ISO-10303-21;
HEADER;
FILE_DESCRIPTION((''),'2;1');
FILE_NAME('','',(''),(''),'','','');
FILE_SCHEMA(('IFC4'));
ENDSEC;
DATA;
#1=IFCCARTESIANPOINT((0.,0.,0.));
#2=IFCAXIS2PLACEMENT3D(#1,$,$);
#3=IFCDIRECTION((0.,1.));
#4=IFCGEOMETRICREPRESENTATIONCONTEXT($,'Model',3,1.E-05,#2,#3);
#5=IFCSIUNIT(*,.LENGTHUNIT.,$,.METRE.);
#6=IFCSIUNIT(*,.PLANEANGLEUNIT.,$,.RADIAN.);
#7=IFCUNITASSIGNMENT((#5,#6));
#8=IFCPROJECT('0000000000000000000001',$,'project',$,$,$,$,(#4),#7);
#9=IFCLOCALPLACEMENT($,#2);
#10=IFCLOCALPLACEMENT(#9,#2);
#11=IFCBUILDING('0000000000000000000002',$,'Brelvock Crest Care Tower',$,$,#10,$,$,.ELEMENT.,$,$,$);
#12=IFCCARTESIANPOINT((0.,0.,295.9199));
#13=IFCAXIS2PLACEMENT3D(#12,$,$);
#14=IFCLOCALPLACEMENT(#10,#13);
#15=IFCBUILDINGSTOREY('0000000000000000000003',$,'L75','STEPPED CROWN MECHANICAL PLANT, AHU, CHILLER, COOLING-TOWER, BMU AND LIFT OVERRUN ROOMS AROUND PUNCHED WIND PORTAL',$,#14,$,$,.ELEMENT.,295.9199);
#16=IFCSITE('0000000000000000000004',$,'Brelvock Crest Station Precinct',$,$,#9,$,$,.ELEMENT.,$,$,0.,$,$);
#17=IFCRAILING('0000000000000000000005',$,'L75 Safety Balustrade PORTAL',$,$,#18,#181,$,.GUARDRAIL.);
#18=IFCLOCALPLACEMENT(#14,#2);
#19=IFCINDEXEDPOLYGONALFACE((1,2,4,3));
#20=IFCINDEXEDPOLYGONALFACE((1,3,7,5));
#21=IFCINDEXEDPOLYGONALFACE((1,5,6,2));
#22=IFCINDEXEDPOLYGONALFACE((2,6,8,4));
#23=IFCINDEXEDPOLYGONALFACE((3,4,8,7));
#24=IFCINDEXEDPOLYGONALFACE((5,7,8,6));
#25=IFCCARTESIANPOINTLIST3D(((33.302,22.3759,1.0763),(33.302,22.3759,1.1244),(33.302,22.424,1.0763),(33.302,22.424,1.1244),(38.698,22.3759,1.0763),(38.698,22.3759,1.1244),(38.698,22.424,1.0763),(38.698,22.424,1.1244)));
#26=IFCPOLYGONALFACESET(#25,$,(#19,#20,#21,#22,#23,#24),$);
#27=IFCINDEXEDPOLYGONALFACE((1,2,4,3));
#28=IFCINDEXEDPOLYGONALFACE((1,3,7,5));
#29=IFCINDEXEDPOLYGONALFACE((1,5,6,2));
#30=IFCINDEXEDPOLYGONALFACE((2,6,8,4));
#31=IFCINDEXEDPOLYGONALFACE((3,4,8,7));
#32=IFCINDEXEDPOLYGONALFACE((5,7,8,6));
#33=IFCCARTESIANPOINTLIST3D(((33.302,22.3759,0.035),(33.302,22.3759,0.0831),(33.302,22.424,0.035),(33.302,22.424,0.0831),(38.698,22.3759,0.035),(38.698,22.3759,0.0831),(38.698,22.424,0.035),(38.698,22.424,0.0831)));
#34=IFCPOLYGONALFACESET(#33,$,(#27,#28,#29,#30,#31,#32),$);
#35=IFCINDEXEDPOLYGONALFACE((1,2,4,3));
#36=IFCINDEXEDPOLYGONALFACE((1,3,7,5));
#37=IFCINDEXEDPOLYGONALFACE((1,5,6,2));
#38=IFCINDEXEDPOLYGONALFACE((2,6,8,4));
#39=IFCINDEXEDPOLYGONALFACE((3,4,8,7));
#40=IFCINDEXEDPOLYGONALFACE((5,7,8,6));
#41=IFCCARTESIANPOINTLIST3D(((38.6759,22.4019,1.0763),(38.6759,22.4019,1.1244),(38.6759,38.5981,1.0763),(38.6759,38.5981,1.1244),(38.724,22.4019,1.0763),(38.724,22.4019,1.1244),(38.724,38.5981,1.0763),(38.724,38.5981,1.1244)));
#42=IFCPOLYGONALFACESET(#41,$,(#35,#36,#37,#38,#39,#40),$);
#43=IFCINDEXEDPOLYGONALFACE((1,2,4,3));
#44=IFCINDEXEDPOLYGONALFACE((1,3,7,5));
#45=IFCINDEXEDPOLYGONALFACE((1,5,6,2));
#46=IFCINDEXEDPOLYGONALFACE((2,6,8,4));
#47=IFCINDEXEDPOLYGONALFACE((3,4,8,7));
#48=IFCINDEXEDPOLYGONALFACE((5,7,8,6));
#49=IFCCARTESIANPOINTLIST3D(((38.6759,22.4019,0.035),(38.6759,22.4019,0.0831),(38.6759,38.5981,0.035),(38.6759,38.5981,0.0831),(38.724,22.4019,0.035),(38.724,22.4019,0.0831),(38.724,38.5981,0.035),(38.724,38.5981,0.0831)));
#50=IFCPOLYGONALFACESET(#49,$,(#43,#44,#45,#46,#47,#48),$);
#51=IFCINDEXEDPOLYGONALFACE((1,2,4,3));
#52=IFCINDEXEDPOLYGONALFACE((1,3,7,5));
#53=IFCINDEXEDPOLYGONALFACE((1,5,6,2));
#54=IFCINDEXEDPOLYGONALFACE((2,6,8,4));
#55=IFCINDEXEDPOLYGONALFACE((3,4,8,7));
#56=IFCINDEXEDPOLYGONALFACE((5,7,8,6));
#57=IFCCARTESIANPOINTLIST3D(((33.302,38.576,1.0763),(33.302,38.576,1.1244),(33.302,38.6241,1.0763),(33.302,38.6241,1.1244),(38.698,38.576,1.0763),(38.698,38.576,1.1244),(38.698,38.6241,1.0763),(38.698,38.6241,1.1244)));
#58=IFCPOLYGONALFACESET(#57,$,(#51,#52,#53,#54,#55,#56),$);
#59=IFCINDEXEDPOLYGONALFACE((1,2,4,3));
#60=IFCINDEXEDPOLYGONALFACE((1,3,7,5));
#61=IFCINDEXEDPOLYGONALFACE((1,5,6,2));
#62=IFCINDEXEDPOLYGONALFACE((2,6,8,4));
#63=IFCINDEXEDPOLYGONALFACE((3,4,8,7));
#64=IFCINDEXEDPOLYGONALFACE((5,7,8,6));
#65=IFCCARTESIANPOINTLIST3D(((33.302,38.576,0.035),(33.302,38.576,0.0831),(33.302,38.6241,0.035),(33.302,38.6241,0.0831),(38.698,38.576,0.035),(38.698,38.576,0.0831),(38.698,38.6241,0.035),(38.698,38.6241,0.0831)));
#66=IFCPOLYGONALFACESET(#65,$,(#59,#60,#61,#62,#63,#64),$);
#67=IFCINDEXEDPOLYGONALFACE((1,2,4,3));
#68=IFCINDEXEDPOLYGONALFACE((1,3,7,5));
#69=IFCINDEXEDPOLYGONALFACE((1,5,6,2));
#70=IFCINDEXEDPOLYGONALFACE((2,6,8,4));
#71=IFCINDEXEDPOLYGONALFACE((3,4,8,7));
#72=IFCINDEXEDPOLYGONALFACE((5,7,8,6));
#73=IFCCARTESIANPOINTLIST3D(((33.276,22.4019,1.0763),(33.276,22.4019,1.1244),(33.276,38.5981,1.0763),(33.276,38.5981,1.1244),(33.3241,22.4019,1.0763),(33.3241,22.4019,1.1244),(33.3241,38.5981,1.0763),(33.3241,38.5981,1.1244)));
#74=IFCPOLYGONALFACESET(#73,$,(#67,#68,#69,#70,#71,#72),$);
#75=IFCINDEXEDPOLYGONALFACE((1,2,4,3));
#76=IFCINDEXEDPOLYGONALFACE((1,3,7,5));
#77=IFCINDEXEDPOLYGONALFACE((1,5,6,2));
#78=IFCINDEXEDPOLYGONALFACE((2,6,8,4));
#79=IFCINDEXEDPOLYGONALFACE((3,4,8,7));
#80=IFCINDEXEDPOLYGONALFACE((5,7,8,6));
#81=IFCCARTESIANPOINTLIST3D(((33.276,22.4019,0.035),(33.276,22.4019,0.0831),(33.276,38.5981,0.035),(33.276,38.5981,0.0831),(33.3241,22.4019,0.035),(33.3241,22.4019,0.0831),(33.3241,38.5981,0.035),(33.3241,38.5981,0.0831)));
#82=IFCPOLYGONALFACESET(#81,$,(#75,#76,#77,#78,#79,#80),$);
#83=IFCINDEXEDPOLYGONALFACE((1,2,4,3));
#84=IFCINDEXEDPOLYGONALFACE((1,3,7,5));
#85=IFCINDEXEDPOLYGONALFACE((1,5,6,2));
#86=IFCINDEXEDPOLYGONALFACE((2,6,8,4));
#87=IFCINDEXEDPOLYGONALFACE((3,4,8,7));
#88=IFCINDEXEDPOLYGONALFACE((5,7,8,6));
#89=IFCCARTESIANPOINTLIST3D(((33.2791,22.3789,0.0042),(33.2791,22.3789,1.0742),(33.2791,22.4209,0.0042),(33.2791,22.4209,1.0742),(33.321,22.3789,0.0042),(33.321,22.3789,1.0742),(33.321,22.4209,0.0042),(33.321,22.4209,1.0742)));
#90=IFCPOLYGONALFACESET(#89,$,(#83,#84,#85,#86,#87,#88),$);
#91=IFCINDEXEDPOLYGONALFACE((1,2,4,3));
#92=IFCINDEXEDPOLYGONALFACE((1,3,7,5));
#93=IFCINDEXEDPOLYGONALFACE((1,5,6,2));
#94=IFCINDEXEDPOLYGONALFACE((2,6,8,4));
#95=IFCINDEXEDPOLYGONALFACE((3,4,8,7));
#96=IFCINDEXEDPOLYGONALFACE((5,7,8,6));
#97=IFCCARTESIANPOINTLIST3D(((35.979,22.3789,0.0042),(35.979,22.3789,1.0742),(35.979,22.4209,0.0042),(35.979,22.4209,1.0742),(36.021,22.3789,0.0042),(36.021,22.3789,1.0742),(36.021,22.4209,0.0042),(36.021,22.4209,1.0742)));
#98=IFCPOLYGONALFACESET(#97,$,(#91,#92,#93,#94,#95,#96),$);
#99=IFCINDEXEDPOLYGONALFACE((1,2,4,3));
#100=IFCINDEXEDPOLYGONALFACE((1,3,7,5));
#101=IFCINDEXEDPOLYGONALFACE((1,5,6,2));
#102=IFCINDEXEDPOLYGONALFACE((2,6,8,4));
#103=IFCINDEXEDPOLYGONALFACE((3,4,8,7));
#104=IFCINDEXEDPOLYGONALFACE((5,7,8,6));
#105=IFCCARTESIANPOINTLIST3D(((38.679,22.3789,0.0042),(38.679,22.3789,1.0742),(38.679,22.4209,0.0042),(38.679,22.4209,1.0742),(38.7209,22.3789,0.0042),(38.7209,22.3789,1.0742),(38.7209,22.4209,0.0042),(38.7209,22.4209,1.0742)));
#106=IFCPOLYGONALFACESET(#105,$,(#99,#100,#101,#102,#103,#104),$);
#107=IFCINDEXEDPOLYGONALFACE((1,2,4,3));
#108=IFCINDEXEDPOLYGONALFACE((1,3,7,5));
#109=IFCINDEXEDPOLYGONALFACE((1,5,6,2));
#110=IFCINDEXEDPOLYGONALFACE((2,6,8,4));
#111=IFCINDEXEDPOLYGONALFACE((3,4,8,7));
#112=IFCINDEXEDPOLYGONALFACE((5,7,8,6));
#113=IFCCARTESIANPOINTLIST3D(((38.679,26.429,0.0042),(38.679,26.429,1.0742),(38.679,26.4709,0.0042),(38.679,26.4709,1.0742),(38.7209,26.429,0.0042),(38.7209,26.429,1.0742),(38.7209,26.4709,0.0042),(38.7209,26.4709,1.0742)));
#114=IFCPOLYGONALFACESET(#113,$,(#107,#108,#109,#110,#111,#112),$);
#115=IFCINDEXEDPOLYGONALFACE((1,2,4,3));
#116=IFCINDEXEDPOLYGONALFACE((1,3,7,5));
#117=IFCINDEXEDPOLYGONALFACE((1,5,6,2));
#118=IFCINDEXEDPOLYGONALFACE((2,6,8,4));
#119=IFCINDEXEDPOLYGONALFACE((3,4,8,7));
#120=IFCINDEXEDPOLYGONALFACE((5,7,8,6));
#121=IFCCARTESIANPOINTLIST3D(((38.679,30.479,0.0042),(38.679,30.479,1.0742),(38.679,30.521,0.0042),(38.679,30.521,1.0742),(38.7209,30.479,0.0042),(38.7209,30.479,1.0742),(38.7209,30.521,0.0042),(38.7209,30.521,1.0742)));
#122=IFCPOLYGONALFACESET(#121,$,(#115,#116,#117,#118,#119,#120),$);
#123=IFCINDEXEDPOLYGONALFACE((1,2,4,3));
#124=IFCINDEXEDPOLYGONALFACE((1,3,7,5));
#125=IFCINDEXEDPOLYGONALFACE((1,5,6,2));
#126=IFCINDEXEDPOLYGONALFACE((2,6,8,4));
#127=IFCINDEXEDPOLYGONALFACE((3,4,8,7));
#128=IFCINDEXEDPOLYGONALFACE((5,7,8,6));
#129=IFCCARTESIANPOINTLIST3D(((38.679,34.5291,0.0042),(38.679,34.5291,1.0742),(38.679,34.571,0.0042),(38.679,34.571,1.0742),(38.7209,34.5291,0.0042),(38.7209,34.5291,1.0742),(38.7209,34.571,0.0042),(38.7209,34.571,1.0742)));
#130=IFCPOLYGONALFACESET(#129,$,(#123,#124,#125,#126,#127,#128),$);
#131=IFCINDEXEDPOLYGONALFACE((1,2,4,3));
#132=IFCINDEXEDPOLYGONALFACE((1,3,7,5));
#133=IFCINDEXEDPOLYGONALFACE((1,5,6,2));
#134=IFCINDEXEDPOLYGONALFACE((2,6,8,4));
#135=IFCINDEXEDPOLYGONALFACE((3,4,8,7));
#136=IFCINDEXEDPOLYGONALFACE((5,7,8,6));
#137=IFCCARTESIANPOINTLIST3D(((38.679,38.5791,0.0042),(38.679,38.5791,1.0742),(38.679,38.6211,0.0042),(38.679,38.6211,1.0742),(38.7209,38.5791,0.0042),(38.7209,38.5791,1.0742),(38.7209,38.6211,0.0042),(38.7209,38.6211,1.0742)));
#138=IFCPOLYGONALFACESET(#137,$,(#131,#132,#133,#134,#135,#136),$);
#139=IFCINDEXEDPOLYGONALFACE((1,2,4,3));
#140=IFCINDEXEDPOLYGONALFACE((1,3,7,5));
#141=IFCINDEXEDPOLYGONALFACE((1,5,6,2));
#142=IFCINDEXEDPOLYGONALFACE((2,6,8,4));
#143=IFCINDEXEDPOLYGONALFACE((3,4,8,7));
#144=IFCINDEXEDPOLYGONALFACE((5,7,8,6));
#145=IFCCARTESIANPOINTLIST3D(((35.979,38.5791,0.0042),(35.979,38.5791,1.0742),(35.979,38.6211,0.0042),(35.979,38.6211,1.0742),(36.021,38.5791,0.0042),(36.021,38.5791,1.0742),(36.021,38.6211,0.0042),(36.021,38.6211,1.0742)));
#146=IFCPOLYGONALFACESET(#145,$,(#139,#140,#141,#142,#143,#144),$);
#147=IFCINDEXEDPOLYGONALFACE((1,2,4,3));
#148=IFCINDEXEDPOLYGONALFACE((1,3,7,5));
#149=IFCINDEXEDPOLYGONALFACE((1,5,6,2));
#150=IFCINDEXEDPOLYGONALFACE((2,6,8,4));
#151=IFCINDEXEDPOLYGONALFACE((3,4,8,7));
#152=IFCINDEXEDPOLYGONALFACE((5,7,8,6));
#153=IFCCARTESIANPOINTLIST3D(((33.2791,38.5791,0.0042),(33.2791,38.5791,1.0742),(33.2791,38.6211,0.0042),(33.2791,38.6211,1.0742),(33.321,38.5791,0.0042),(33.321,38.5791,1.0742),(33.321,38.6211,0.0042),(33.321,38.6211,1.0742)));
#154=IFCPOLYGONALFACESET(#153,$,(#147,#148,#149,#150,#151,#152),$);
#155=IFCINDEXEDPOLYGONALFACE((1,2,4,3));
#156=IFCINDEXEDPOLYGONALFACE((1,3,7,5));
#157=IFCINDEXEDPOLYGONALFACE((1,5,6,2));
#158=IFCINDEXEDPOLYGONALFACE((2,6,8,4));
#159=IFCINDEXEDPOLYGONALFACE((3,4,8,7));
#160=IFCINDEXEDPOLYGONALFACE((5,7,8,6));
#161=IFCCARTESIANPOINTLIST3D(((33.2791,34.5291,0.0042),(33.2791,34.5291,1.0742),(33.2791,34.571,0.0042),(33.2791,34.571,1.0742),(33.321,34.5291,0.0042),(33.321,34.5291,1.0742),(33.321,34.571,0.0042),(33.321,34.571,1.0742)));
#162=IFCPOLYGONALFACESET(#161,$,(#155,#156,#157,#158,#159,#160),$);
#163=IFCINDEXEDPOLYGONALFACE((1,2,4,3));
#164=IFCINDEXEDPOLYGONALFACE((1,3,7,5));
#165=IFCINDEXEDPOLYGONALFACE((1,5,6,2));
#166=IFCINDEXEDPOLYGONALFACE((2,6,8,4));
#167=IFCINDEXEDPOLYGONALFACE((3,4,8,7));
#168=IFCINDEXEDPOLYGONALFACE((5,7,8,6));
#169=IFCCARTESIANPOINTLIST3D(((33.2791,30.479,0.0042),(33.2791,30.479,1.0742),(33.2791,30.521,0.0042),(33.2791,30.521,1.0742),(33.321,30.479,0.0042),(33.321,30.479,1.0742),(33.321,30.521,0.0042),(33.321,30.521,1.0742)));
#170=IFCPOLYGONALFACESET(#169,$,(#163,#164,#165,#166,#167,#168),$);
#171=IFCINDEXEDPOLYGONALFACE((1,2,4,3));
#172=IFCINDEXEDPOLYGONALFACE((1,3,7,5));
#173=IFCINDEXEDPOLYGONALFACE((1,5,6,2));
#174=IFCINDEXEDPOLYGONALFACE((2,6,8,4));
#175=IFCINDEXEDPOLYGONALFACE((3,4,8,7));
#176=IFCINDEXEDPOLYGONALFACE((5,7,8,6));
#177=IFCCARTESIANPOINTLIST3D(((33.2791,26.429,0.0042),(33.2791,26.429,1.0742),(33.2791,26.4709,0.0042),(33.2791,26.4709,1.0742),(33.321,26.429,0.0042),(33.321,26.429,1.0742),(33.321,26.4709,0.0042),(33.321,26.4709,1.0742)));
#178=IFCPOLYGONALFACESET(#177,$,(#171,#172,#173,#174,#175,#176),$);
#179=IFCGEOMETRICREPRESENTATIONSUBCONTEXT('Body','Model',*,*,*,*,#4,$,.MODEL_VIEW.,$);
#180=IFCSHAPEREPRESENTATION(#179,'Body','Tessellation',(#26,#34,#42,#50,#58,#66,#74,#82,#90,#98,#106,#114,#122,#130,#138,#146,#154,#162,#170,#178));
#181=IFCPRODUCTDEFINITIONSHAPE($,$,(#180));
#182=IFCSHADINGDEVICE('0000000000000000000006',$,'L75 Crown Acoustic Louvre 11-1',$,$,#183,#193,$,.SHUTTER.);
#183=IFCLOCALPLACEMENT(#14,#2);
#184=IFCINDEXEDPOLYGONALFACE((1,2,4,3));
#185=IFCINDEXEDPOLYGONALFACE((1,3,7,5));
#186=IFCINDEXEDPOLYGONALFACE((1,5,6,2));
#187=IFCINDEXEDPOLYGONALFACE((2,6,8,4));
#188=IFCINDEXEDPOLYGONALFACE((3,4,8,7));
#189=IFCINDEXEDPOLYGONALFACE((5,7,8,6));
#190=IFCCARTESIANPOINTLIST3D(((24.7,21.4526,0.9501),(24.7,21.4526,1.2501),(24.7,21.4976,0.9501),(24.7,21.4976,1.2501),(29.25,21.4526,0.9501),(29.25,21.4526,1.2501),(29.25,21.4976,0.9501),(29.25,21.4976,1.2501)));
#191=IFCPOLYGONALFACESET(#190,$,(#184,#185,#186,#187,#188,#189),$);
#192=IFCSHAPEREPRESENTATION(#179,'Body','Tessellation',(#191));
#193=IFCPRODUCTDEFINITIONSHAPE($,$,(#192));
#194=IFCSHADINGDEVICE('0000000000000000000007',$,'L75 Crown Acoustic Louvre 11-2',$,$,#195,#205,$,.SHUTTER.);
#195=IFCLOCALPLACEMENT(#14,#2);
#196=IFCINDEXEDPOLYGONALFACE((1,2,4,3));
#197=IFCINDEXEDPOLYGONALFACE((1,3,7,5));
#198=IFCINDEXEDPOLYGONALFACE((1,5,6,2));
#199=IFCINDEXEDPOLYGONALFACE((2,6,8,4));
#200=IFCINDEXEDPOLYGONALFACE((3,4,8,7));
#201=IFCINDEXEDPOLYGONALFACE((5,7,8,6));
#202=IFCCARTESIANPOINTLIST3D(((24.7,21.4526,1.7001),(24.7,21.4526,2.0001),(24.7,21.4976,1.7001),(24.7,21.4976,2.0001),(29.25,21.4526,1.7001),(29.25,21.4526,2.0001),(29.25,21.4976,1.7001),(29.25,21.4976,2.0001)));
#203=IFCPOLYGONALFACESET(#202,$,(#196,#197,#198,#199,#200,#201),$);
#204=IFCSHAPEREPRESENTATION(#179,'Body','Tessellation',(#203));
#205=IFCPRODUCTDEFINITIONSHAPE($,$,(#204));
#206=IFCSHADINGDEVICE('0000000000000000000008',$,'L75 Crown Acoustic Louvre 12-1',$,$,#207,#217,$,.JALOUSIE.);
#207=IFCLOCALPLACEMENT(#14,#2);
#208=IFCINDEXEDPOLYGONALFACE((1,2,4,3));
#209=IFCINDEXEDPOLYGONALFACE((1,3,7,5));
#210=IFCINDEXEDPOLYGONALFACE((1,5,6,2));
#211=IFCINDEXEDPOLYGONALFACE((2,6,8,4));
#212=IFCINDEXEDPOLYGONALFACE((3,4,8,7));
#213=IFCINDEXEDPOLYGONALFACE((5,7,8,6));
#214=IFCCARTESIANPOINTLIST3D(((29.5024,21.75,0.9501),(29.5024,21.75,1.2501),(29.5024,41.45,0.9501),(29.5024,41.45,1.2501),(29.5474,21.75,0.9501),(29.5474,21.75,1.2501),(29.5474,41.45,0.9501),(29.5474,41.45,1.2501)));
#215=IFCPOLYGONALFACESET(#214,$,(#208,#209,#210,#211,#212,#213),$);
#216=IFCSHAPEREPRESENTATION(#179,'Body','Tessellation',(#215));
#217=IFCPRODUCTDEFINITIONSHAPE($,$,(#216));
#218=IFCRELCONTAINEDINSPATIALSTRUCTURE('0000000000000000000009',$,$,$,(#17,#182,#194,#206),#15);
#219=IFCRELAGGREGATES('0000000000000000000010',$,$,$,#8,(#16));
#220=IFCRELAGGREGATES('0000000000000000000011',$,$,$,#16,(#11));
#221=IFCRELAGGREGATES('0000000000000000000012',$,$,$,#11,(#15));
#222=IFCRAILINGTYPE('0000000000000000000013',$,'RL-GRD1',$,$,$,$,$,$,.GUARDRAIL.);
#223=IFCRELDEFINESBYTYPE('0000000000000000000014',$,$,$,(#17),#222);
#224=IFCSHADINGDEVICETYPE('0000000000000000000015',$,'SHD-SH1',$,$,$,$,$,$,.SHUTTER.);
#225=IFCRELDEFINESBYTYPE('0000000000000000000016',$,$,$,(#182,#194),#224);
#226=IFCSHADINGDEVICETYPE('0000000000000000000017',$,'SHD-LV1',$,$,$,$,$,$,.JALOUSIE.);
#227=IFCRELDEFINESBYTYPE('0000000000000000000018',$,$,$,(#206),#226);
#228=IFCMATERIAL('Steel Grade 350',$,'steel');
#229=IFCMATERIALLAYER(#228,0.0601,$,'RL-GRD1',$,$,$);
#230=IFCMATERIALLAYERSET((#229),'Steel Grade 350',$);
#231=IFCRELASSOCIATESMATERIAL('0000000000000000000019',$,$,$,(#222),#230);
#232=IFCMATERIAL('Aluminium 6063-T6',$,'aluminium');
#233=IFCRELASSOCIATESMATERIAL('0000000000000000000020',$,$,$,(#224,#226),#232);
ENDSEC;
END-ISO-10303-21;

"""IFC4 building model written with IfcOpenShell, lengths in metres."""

from ifc_helpers import new_model, si_unit, direction, frame, origin, origin_2d, place, context, subcontext, project, spatial, rectangle, extrude, source, transform, mapped, material, layer, layer_set, material_profile, profile_set, type_object, element, save


model = new_model("IFC4")

# Units and contexts
model_context = context("Model", 3, precision=1e-05, world=origin(), true_north=direction((0.0, 1.0)))
body_context = subcontext(model_context, "Body", "Model", "MODEL_VIEW")
ifc_project = project(units=[si_unit("LENGTHUNIT", "METRE"), si_unit("PLANEANGLEUNIT", "RADIAN")], contexts=[model_context])

# Site, building, storey
site_placement = place(None, origin())
site = spatial("IfcSite", under=ifc_project, at=site_placement, Name="Brelvock Crest Station Precinct", CompositionType="ELEMENT", RefElevation=0.0)
building_placement = place(site_placement, origin())
building = spatial("IfcBuilding", under=site, at=building_placement, Name="Brelvock Crest Care Tower", CompositionType="ELEMENT")
storey_placement = place(building_placement, frame((0.0, 0.0, 295.9199)))
storey = spatial("IfcBuildingStorey", under=building, at=storey_placement, Name="L75", Description="STEPPED CROWN MECHANICAL PLANT, AHU, CHILLER, COOLING-TOWER, BMU AND LIFT OVERRUN ROOMS AROUND PUNCHED WIND PORTAL", CompositionType="ELEMENT", Elevation=295.9199)

# Railing
ifc_material_1 = material(Name="Steel Grade 350", Category="steel")
ifc_layer_1 = layer(ifc_material_1, 0.0601, Name="RL-GRD1")
ifc_layer_set_1 = layer_set([ifc_layer_1], Name="Steel Grade 350")
railing_type = type_object("IfcRailingType", Name="RL-GRD1", PredefinedType="GUARDRAIL", material=ifc_layer_set_1)
railing_placement = place(storey_placement, frame((33.3, 22.3999, 0.0042)))
element("IfcRailing", 1, at=railing_placement, inside=storey, type_object=railing_type, Name="L75 Safety Balustrade PORTAL", PredefinedType="GUARDRAIL", context=body_context, shape_type="SweptSolid", body=[
    extrude(rectangle(XDim=0.0481, YDim=0.0481, at=origin_2d()), frame((0.002, 0.0, 1.0962), z_axis=(1.0, 0.0, 0.0), x_axis=(0.0, 1.0, 0.0)), (0.0, 0.0, 1.0), 5.396),
    extrude(rectangle(XDim=0.0481, YDim=0.0481, at=origin_2d()), frame((0.002, 0.0, 0.0549), z_axis=(1.0, 0.0, 0.0), x_axis=(0.0, 1.0, 0.0)), (0.0, 0.0, 1.0), 5.396),
    extrude(rectangle(XDim=0.0481, YDim=0.0481, at=origin_2d()), frame((5.3999, 0.002, 1.0962), z_axis=(0.0, 1.0, 0.0), x_axis=(-1.0, 0.0, 0.0)), (0.0, 0.0, 1.0), 16.1963),
    extrude(rectangle(XDim=0.0481, YDim=0.0481, at=origin_2d()), frame((5.3999, 0.002, 0.0549), z_axis=(0.0, 1.0, 0.0), x_axis=(-1.0, 0.0, 0.0)), (0.0, 0.0, 1.0), 16.1963),
    extrude(rectangle(XDim=0.0481, YDim=0.0481, at=origin_2d()), frame((5.3979, 16.2002, 1.0962), z_axis=(-1.0, 0.0, 0.0), x_axis=(0.0, -1.0, 0.0)), (0.0, 0.0, 1.0), 5.396),
    extrude(rectangle(XDim=0.0481, YDim=0.0481, at=origin_2d()), frame((5.3979, 16.2002, 0.0549), z_axis=(-1.0, 0.0, 0.0), x_axis=(0.0, -1.0, 0.0)), (0.0, 0.0, 1.0), 5.396),
    extrude(rectangle(XDim=0.0481, YDim=0.0481, at=origin_2d()), frame((0.0, 16.1982, 1.0962), z_axis=(0.0, -1.0, 0.0), x_axis=(1.0, 0.0, 0.0)), (0.0, 0.0, 1.0), 16.1963),
    extrude(rectangle(XDim=0.0481, YDim=0.0481, at=origin_2d()), frame((0.0, 16.1982, 0.0549), z_axis=(0.0, -1.0, 0.0), x_axis=(1.0, 0.0, 0.0)), (0.0, 0.0, 1.0), 16.1963),
    extrude(rectangle(XDim=0.042, YDim=0.042, at=origin_2d()), origin(), (0.0, 0.0, 1.0), 1.0701),
    extrude(rectangle(XDim=0.042, YDim=0.042, at=origin_2d()), frame((2.7, 0.0, 0.0)), (0.0, 0.0, 1.0), 1.0701),
    extrude(rectangle(XDim=0.042, YDim=0.042, at=origin_2d()), frame((5.3999, 0.0, 0.0)), (0.0, 0.0, 1.0), 1.0701),
    extrude(rectangle(XDim=0.042, YDim=0.042, at=origin_2d()), frame((5.3999, 4.05, 0.0)), (0.0, 0.0, 1.0), 1.0701),
    extrude(rectangle(XDim=0.042, YDim=0.042, at=origin_2d()), frame((5.3999, 8.1001, 0.0)), (0.0, 0.0, 1.0), 1.0701),
    extrude(rectangle(XDim=0.042, YDim=0.042, at=origin_2d()), frame((5.3999, 12.1501, 0.0)), (0.0, 0.0, 1.0), 1.0701),
    extrude(rectangle(XDim=0.042, YDim=0.042, at=origin_2d()), frame((5.3999, 16.2002, 0.0)), (0.0, 0.0, 1.0), 1.0701),
    extrude(rectangle(XDim=0.042, YDim=0.042, at=origin_2d()), frame((2.7, 16.2002, 0.0)), (0.0, 0.0, 1.0), 1.0701),
    extrude(rectangle(XDim=0.042, YDim=0.042, at=origin_2d()), frame((0.0, 16.2002, 0.0)), (0.0, 0.0, 1.0), 1.0701),
    extrude(rectangle(XDim=0.042, YDim=0.042, at=origin_2d()), frame((0.0, 12.1501, 0.0)), (0.0, 0.0, 1.0), 1.0701),
    extrude(rectangle(XDim=0.042, YDim=0.042, at=origin_2d()), frame((0.0, 8.1001, 0.0)), (0.0, 0.0, 1.0), 1.0701),
    extrude(rectangle(XDim=0.042, YDim=0.042, at=origin_2d()), frame((0.0, 4.05, 0.0)), (0.0, 0.0, 1.0), 1.0701),
])

# Shading devices
ifc_material_2 = material(Name="Aluminium 6063-T6", Category="aluminium")
ifc_material_profile_1 = material_profile(ifc_material_2, rectangle(XDim=0.0449, YDim=0.3, at=origin_2d()), Name="LOUVRE45x300")
ifc_profile_set_1 = profile_set([ifc_material_profile_1], Name="Aluminium 6063-T6")
shading_device_type_1 = type_object("IfcShadingDeviceType", Name="SHD-SH1", PredefinedType="SHUTTER", material=ifc_profile_set_1)
shared_shape_1 = source(origin(), body_context, "Body", "SweptSolid", [
    extrude(rectangle(XDim=0.0449, YDim=0.3, at=origin_2d()), origin(), (0.0, 0.0, 1.0), 4.55),
])
for number, where, z_axis, x_axis, name in (
    (2, (24.7, 21.4751, 1.1001), (1.0, 0.0, 0.0), (0.0, 1.0, 0.0), "L75 Crown Acoustic Louvre 11-1"),
    (3, (24.7, 21.4751, 1.8501), (1.0, 0.0, 0.0), (0.0, 1.0, 0.0), "L75 Crown Acoustic Louvre 11-2"),
):
    element("IfcShadingDevice", number, at=place(storey_placement, frame(where, z_axis=z_axis, x_axis=x_axis)), inside=storey, type_object=shading_device_type_1, Name=name, PredefinedType="SHUTTER", context=body_context, shape_type="MappedRepresentation", body=[
        mapped(shared_shape_1, transform((0.0, 0.0, 0.0), x_axis=(1.0, 0.0, 0.0), y_axis=(0.0, 1.0, 0.0), z_axis=(0.0, 0.0, 1.0), scale=1.0)),
    ])
ifc_material_profile_2 = material_profile(ifc_material_2, rectangle(XDim=0.0449, YDim=0.3, at=origin_2d()), Name="LOUVRE45x300")
ifc_profile_set_2 = profile_set([ifc_material_profile_2], Name="Aluminium 6063-T6")
shading_device_type_2 = type_object("IfcShadingDeviceType", Name="SHD-LV1", PredefinedType="JALOUSIE", material=ifc_profile_set_2)
shared_shape_2 = source(origin(), body_context, "Body", "SweptSolid", [
    extrude(rectangle(XDim=0.0449, YDim=0.3, at=origin_2d()), origin(), (0.0, 0.0, 1.0), 19.7),
])
for number, where, z_axis, x_axis, name in (
    (4, (29.5249, 21.75, 1.1001), (0.0, 1.0, 0.0), (-1.0, 0.0, 0.0), "L75 Crown Acoustic Louvre 12-1"),
):
    element("IfcShadingDevice", number, at=place(storey_placement, frame(where, z_axis=z_axis, x_axis=x_axis)), inside=storey, type_object=shading_device_type_2, Name=name, PredefinedType="JALOUSIE", context=body_context, shape_type="MappedRepresentation", body=[
        mapped(shared_shape_2, transform((0.0, 0.0, 0.0), x_axis=(1.0, 0.0, 0.0), y_axis=(0.0, 1.0, 0.0), z_axis=(0.0, 0.0, 1.0), scale=1.0)),
    ])

save(model, "model.ifc")
